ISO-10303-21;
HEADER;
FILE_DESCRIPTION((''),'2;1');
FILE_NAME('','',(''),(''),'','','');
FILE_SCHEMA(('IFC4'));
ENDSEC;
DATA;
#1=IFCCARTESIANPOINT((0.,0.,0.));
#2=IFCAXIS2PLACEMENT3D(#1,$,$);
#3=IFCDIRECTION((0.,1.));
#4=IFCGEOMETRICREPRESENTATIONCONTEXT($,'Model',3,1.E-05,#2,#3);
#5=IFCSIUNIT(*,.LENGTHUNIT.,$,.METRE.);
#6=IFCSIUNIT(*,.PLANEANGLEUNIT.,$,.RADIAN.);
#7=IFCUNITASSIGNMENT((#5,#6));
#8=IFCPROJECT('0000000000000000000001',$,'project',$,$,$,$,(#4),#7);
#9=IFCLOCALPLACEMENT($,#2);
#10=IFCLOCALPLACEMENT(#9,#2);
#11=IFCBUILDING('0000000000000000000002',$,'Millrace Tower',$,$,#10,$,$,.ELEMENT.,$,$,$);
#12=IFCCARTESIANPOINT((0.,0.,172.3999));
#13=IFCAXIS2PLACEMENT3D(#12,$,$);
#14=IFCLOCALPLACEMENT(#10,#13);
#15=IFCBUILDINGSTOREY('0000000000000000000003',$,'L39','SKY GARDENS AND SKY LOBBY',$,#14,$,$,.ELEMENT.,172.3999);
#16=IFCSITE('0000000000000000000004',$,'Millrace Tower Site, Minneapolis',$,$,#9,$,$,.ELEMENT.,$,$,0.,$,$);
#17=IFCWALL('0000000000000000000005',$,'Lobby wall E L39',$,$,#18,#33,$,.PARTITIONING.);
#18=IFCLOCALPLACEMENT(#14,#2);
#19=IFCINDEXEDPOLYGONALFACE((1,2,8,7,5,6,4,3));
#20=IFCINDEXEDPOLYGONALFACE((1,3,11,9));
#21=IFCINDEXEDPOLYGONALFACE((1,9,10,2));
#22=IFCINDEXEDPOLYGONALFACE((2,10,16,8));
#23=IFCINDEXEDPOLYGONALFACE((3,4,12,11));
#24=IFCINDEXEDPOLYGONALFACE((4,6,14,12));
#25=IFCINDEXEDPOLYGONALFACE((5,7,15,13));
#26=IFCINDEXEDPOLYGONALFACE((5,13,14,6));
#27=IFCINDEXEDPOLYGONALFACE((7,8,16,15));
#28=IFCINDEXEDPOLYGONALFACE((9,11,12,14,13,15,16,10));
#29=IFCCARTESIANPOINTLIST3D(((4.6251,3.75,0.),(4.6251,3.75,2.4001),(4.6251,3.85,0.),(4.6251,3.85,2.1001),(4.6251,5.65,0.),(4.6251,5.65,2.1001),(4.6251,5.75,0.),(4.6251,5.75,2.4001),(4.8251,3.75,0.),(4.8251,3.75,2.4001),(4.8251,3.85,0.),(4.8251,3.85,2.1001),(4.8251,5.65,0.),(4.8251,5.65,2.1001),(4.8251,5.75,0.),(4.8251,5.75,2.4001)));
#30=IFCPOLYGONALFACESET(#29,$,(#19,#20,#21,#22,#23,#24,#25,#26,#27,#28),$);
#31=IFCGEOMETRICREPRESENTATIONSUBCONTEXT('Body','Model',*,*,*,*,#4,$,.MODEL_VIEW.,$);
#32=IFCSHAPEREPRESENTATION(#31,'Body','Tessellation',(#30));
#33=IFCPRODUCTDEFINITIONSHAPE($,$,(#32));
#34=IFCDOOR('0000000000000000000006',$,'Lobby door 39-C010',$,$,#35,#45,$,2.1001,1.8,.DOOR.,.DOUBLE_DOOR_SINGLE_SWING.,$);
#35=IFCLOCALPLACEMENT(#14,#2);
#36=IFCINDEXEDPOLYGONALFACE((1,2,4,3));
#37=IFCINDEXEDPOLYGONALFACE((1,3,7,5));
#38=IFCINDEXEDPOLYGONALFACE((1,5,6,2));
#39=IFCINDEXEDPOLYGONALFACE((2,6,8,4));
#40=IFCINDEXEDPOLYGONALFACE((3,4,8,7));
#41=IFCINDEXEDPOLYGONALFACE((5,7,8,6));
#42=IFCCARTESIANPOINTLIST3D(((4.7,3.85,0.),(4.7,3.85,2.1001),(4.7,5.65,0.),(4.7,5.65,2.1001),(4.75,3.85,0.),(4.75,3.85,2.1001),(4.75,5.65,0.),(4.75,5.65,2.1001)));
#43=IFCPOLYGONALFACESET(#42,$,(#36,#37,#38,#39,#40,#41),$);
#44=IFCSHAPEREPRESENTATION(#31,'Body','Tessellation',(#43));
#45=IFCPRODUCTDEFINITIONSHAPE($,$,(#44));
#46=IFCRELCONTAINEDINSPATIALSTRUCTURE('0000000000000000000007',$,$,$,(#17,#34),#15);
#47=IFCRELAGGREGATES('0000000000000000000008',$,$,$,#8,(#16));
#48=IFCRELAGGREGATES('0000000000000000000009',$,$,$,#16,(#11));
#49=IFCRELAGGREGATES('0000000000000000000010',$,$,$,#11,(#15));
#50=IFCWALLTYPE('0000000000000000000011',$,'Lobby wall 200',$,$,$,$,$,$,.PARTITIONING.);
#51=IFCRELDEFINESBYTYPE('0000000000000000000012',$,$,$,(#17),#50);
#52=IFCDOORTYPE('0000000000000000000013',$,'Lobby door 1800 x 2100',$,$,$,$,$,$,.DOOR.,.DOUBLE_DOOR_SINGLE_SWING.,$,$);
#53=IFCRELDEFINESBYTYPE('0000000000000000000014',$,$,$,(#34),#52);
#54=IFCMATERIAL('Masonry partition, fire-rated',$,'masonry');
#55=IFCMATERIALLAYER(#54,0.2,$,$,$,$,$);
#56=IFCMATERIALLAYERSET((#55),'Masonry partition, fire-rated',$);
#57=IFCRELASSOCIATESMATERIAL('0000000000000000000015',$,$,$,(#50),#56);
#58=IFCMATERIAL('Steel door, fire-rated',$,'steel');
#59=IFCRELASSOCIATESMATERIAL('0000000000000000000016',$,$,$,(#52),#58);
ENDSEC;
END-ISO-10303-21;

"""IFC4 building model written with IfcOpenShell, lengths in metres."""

from ifc_helpers import new_model, si_unit, direction, frame, frame_2d, origin, place, context, subcontext, project, spatial, rectangle, extrude, material, layer, layer_set, type_object, element, fill, save


model = new_model("IFC4")

# Units and contexts
model_context = context("Model", 3, precision=1e-05, world=origin(), true_north=direction((0.0, 1.0)))
body_context = subcontext(model_context, "Body", "Model", "MODEL_VIEW")
ifc_project = project(units=[si_unit("LENGTHUNIT", "METRE"), si_unit("PLANEANGLEUNIT", "RADIAN")], contexts=[model_context])

# Site, building, storey
site_placement = place(None, origin())
site = spatial("IfcSite", under=ifc_project, at=site_placement, Name="Millrace Tower Site, Minneapolis", CompositionType="ELEMENT", RefElevation=0.0)
building_placement = place(site_placement, origin())
building = spatial("IfcBuilding", under=site, at=building_placement, Name="Millrace Tower", CompositionType="ELEMENT")
storey_placement = place(building_placement, frame((0.0, 0.0, 172.3999)))
storey = spatial("IfcBuildingStorey", under=building, at=storey_placement, Name="L39", Description="SKY GARDENS AND SKY LOBBY", CompositionType="ELEMENT", Elevation=172.3999)

# Wall, opening, door
ifc_material_1 = material(Name="Masonry partition, fire-rated", Category="masonry")
ifc_layer_1 = layer(ifc_material_1, 0.2)
ifc_layer_set_1 = layer_set([ifc_layer_1], Name="Masonry partition, fire-rated")
wall_type_1 = type_object("IfcWallType", Name="Lobby wall 200", PredefinedType="PARTITIONING", material=ifc_layer_set_1)
wall_1_placement = place(storey_placement, frame((4.7251, 5.75, 0.0), z_axis=(0.0, 0.0, 1.0), x_axis=(0.0, -1.0, 0.0)))
wall_1 = element("IfcWall", 1, at=wall_1_placement, inside=storey, type_object=wall_type_1, Name="Lobby wall E L39", PredefinedType="PARTITIONING", context=body_context, shape_type="SweptSolid", body=[
    extrude(rectangle(XDim=2.0, YDim=0.2, at=frame_2d((1.0, 0.0))), origin(), (0.0, 0.0, 1.0), 2.4001),
])
opening_placement = place(wall_1_placement, frame((0.1001, 0.0, 0.0)))
opening = element("IfcOpeningElement", 2, at=opening_placement, cuts=wall_1, PredefinedType="OPENING", context=body_context, shape_type="SweptSolid", body=[
    extrude(rectangle(XDim=1.8, YDim=2.1001, at=frame_2d((0.8999, 1.05))), frame((0.0, 0.1099, 0.0), z_axis=(0.0, -1.0, 0.0), x_axis=(1.0, 0.0, 0.0)), (0.0, 0.0, 1.0), 0.22),
])
ifc_material_2 = material(Name="Steel door, fire-rated", Category="steel")
door_type = type_object("IfcDoorType", Name="Lobby door 1800 x 2100", OperationType="DOUBLE_DOOR_SINGLE_SWING", PredefinedType="DOOR", material=ifc_material_2)
door_placement = place(opening_placement, origin())
door = element("IfcDoor", 3, at=door_placement, inside=storey, type_object=door_type, Name="Lobby door 39-C010", OperationType="DOUBLE_DOOR_SINGLE_SWING", OverallHeight=2.1001, OverallWidth=1.8, PredefinedType="DOOR", context=body_context, shape_type="SweptSolid", body=[
    extrude(rectangle(XDim=1.8, YDim=2.1001, at=frame_2d((0.8999, 1.05))), frame((0.0, 0.0249, 0.0), z_axis=(0.0, -1.0, 0.0), x_axis=(1.0, 0.0, 0.0)), (0.0, 0.0, 1.0), 0.05),
])
fill(opening, door)

save(model, "model.ifc")
